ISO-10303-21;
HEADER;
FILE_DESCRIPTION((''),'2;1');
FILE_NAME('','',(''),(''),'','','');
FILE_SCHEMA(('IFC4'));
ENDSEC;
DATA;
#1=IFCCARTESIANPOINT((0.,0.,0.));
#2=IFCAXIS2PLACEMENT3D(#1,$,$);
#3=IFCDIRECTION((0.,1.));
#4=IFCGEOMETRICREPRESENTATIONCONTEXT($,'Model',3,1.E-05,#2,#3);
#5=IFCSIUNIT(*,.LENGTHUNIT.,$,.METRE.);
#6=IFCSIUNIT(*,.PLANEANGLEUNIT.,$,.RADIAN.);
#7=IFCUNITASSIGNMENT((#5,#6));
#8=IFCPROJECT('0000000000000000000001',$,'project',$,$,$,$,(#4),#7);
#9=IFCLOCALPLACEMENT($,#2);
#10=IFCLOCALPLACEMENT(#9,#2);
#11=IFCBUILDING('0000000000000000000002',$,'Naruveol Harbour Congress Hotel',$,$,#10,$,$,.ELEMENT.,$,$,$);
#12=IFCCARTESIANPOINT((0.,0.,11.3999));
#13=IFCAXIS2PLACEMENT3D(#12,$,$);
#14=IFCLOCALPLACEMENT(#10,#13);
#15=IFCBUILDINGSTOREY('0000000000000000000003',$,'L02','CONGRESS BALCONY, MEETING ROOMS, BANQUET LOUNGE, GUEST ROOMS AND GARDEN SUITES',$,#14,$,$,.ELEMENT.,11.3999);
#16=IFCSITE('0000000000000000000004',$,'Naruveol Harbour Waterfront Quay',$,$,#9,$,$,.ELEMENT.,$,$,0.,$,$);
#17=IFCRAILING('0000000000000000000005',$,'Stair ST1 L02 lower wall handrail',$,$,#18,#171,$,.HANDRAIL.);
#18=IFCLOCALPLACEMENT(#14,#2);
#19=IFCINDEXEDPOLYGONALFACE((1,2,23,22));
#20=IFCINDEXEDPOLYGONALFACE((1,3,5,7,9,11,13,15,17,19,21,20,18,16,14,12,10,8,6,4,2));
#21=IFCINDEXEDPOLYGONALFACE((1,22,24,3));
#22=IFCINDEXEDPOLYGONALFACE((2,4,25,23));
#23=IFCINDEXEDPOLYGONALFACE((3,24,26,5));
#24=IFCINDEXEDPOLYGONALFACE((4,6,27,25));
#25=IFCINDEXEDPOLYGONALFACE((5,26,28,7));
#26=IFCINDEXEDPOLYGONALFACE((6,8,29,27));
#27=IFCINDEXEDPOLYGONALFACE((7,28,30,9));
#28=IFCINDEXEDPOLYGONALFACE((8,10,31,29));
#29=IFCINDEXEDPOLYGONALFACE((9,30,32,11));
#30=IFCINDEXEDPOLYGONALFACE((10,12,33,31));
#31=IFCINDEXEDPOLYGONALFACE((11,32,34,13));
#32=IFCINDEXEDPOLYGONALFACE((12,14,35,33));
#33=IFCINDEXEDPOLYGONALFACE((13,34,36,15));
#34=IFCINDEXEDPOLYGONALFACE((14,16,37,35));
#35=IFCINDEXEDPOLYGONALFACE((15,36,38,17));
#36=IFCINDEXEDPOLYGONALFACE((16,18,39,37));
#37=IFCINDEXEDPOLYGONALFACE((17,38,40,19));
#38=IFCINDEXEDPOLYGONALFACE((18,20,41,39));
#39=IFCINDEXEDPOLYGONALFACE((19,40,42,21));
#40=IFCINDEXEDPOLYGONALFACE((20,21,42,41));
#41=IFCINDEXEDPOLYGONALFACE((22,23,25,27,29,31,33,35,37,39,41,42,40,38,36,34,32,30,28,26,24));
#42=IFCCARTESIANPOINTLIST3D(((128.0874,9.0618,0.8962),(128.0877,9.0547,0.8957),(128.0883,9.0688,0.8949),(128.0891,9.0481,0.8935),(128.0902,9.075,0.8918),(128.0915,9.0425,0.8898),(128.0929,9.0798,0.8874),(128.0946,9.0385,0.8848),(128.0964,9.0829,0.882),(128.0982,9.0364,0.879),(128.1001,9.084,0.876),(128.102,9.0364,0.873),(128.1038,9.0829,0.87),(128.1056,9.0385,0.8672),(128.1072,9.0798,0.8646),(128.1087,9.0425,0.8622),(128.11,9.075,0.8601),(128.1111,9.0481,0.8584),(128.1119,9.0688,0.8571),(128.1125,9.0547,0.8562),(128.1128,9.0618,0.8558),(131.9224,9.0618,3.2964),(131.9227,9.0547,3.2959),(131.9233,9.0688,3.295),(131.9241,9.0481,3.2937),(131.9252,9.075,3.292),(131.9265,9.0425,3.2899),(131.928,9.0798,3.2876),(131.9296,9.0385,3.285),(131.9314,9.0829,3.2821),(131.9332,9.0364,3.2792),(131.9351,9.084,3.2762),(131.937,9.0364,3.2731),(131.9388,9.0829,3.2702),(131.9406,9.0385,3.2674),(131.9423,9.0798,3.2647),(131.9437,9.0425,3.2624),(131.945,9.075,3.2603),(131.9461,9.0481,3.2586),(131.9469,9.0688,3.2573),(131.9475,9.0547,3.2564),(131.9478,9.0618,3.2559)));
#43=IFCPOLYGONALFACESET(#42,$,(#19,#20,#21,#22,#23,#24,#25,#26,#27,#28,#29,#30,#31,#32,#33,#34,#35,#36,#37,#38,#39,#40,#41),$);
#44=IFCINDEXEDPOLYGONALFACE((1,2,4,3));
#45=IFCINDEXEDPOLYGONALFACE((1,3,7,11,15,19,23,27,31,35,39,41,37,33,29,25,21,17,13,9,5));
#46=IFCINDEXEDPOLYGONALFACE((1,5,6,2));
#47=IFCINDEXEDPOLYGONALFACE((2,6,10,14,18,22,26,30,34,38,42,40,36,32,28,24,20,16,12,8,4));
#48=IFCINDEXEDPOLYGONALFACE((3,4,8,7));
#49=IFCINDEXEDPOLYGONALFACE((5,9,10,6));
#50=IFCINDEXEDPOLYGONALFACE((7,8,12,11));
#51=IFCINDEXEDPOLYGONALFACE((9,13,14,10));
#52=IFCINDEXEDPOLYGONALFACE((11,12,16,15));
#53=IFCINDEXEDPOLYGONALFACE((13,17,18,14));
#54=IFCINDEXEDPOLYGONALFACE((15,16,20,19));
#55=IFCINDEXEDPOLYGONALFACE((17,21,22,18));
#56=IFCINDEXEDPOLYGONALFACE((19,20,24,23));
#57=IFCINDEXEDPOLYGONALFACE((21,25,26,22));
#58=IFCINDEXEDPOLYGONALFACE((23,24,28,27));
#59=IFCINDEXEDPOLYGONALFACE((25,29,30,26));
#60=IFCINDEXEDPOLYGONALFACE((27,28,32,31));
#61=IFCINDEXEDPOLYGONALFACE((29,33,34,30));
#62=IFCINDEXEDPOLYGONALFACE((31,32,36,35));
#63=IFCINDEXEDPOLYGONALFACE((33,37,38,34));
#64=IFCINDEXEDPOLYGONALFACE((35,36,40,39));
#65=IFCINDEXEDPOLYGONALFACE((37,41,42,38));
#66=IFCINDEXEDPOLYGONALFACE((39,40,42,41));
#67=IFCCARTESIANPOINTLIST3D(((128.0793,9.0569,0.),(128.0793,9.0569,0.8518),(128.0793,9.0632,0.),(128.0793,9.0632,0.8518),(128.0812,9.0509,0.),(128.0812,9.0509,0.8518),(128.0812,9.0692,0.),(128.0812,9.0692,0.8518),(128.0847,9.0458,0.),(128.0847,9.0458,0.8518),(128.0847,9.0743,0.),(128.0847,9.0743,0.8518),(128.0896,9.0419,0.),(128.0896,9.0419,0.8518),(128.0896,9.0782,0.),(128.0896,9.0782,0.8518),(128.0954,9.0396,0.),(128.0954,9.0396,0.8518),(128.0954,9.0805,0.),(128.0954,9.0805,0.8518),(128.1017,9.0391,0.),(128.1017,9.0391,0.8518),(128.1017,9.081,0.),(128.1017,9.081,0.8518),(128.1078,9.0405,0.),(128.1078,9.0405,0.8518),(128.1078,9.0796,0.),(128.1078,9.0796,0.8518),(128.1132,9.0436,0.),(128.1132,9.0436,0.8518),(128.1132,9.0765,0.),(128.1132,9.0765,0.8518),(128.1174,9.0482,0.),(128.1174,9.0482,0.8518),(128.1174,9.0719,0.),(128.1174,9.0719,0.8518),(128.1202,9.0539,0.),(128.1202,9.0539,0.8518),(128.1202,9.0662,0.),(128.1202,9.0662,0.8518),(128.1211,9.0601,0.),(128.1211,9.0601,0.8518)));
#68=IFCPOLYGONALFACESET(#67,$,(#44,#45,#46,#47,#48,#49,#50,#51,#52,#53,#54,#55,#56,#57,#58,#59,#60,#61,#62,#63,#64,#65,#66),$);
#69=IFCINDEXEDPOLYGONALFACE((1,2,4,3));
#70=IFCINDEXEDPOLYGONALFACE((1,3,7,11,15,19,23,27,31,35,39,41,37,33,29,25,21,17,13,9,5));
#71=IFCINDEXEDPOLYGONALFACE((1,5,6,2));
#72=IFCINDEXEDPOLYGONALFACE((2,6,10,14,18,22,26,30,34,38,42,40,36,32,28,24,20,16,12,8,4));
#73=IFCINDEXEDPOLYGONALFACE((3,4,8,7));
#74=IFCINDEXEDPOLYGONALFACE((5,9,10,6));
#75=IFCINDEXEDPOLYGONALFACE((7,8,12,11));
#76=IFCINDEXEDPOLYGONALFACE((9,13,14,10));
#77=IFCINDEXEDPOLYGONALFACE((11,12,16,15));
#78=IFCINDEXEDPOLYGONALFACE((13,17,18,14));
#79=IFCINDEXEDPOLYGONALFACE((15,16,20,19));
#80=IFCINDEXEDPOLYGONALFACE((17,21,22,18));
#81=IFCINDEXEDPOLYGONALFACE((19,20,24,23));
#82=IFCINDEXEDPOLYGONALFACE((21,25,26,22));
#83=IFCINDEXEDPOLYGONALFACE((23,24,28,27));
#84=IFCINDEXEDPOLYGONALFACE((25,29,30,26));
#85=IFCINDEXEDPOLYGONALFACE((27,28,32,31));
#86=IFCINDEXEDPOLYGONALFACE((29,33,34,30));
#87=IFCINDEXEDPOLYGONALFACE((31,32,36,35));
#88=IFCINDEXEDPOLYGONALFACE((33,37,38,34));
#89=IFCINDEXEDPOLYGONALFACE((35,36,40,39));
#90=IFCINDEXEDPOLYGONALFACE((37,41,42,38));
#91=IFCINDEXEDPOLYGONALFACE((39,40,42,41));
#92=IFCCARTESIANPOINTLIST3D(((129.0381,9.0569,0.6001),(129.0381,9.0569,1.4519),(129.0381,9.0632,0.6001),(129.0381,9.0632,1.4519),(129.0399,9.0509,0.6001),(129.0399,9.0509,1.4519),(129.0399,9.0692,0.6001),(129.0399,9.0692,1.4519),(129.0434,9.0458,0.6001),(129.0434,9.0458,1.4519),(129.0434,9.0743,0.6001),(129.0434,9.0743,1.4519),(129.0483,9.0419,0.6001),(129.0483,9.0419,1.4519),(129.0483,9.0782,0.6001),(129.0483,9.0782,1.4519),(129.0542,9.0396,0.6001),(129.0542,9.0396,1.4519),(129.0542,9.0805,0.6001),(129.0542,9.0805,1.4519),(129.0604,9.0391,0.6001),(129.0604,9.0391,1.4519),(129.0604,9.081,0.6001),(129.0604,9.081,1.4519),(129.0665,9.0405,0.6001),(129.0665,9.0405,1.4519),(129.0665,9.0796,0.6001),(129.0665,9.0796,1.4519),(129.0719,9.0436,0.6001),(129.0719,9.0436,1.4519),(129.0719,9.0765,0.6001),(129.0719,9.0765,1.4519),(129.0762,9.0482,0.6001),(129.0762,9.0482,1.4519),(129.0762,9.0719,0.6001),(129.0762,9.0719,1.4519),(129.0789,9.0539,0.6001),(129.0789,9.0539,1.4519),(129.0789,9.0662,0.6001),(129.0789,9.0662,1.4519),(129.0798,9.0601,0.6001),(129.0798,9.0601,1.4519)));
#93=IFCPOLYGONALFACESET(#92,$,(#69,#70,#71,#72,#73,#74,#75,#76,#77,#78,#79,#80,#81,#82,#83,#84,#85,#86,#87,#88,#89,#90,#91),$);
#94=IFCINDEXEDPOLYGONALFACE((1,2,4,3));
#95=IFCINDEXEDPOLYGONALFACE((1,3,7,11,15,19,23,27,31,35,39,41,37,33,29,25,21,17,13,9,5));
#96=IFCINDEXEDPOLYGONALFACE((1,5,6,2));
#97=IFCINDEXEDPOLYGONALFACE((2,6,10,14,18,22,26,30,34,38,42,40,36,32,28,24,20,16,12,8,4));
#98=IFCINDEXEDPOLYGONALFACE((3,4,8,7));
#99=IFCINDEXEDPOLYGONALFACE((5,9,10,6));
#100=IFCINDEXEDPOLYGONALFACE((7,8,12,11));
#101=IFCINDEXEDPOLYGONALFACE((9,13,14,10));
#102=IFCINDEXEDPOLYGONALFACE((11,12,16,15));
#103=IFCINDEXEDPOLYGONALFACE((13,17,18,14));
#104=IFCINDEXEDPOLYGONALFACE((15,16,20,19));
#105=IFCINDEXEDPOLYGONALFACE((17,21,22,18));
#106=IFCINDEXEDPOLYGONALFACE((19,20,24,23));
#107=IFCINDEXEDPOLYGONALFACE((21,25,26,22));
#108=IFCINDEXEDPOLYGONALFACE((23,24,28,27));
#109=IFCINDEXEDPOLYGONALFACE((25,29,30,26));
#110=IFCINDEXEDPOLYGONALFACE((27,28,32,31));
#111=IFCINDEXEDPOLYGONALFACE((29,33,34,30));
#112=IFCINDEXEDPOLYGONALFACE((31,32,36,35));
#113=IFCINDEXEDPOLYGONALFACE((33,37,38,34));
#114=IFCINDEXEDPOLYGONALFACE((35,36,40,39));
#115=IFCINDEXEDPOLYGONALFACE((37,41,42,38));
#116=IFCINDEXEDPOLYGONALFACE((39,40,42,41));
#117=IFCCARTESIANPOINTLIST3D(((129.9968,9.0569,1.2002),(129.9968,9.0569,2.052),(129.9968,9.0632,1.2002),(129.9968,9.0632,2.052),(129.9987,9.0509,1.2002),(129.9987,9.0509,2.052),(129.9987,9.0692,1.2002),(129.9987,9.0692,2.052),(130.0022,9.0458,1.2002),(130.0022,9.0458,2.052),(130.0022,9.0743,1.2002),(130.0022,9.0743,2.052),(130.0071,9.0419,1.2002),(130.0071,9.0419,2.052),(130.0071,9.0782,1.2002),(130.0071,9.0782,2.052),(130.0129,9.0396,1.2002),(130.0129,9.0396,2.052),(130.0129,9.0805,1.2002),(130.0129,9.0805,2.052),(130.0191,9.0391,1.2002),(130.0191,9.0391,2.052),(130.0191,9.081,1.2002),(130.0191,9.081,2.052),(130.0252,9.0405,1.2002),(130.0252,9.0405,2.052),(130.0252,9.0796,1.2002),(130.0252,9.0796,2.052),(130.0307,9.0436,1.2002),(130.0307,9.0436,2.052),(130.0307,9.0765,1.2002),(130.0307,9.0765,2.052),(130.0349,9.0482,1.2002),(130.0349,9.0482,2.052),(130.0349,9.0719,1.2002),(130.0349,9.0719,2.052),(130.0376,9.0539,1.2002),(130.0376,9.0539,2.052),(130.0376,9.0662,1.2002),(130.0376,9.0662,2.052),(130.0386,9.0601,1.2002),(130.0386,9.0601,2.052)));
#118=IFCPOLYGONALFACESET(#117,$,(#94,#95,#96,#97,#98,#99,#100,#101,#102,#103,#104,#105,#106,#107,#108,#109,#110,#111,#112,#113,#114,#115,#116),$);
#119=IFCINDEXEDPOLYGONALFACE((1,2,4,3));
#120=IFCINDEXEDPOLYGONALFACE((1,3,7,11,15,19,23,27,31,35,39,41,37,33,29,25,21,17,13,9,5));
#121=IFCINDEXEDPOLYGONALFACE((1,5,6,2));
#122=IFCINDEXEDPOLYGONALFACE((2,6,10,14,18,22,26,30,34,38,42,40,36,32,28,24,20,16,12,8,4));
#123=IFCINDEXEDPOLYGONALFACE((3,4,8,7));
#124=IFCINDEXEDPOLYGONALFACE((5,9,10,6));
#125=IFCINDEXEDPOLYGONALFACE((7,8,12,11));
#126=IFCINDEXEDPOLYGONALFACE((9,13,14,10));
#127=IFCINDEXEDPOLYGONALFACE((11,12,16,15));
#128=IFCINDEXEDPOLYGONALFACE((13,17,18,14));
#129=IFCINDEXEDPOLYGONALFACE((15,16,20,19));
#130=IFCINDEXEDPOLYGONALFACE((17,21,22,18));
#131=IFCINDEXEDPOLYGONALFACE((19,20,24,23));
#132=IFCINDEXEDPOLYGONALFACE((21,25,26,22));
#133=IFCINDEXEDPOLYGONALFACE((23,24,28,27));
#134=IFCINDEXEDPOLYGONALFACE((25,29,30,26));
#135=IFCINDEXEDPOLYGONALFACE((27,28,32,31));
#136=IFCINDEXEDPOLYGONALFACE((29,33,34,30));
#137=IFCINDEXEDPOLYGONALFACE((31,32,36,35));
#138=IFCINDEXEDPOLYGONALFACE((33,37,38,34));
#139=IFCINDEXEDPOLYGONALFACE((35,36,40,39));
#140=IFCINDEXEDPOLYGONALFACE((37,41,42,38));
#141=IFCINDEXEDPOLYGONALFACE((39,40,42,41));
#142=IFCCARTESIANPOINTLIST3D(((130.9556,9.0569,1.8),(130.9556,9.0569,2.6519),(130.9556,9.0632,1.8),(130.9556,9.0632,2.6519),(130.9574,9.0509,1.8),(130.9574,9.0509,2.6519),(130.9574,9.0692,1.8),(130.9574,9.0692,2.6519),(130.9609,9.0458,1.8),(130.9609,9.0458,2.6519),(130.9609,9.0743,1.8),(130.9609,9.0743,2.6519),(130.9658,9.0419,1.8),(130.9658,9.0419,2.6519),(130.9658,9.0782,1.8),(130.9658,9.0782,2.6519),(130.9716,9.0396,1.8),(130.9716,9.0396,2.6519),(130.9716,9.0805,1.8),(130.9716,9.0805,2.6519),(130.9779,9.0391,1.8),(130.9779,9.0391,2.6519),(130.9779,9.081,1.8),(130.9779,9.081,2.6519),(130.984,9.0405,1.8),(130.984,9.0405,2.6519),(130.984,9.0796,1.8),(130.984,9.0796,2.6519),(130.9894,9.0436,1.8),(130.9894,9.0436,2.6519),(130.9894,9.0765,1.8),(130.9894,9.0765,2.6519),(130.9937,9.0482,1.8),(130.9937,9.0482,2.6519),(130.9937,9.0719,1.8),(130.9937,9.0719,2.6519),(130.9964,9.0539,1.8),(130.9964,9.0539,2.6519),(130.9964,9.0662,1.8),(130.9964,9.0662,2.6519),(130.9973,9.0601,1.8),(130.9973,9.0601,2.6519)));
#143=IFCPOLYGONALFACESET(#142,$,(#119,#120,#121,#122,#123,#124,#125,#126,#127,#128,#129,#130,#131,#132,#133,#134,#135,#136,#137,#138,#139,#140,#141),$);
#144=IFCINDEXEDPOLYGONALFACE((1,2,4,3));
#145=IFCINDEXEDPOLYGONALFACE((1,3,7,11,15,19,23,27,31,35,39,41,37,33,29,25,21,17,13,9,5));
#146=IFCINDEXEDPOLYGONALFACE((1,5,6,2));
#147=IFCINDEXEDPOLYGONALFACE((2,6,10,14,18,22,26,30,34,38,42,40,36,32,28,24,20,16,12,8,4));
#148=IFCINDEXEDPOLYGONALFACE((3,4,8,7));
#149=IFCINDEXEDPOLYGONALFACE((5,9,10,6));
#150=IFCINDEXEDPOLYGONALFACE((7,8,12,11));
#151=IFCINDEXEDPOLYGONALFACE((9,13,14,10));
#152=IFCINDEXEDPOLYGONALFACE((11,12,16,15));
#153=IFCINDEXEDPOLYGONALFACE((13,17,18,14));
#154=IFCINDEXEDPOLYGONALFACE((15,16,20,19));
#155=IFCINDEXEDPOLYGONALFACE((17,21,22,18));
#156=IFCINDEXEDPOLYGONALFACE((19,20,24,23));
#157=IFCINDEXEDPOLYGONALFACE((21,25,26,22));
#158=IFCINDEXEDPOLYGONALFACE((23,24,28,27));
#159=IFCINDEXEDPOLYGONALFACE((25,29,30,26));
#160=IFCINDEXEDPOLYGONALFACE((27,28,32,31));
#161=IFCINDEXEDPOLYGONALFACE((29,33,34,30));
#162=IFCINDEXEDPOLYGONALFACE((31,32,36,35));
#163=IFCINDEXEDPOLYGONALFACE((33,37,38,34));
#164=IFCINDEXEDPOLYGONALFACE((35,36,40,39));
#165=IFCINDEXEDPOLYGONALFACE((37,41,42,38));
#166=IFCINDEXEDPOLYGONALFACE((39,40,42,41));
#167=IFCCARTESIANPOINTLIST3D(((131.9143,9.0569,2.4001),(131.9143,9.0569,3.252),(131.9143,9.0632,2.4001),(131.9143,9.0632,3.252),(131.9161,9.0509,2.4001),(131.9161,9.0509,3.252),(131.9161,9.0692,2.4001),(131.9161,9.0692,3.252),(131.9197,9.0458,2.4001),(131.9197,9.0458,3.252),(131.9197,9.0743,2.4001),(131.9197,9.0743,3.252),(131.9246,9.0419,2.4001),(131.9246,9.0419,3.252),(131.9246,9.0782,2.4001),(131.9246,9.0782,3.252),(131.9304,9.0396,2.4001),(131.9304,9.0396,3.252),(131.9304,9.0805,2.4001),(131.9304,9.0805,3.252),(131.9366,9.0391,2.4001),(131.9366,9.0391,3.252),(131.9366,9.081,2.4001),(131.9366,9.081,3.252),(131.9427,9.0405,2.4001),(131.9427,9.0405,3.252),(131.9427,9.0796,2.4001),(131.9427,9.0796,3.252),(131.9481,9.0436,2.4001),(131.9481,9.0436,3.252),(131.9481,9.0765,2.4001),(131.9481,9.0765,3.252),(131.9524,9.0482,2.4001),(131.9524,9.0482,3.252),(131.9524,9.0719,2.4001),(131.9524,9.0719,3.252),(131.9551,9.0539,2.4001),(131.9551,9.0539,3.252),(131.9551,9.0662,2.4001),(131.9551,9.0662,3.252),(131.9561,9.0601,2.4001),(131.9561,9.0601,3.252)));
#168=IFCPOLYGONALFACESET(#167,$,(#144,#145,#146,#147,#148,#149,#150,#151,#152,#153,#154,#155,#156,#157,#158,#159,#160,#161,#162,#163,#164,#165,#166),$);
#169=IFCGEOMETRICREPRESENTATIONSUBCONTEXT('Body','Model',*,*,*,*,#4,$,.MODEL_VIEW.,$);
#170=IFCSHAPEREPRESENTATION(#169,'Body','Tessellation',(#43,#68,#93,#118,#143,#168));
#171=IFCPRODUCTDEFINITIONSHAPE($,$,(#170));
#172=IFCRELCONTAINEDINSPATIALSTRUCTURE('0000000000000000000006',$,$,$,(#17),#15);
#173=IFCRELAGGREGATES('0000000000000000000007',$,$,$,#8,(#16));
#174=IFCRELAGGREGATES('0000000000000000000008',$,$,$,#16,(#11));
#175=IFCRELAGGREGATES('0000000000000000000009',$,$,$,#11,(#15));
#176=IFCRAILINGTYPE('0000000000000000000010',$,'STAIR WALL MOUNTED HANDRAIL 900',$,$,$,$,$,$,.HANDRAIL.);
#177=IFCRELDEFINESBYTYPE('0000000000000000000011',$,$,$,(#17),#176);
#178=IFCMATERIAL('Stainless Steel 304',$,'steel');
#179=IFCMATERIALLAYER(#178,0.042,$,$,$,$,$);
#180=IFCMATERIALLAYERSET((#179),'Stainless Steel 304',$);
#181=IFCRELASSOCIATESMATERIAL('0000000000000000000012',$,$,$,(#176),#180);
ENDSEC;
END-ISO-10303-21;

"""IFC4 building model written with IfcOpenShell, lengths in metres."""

from ifc_helpers import new_model, si_unit, direction, frame, origin, origin_2d, place, context, subcontext, project, spatial, circle, extrude, material, layer, layer_set, type_object, element, save


model = new_model("IFC4")

# Units and contexts
model_context = context("Model", 3, precision=1e-05, world=origin(), true_north=direction((0.0, 1.0)))
body_context = subcontext(model_context, "Body", "Model", "MODEL_VIEW")
ifc_project = project(units=[si_unit("LENGTHUNIT", "METRE"), si_unit("PLANEANGLEUNIT", "RADIAN")], contexts=[model_context])

# Site, building, storey
site_placement = place(None, origin())
site = spatial("IfcSite", under=ifc_project, at=site_placement, Name="Naruveol Harbour Waterfront Quay", CompositionType="ELEMENT", RefElevation=0.0)
building_placement = place(site_placement, origin())
building = spatial("IfcBuilding", under=site, at=building_placement, Name="Naruveol Harbour Congress Hotel", CompositionType="ELEMENT")
storey_placement = place(building_placement, frame((0.0, 0.0, 11.3999)))
storey = spatial("IfcBuildingStorey", under=building, at=storey_placement, Name="L02", Description="CONGRESS BALCONY, MEETING ROOMS, BANQUET LOUNGE, GUEST ROOMS AND GARDEN SUITES", CompositionType="ELEMENT", Elevation=11.3999)

# Railing
ifc_material_1 = material(Name="Stainless Steel 304", Category="steel")
ifc_layer_1 = layer(ifc_material_1, 0.042)
ifc_layer_set_1 = layer_set([ifc_layer_1], Name="Stainless Steel 304")
railing_type_1 = type_object("IfcRailingType", Name="STAIR WALL MOUNTED HANDRAIL 900", PredefinedType="HANDRAIL", material=ifc_layer_set_1)
railing_1_placement = place(storey_placement, frame((128.1001, 9.0601, 0.0)))
element("IfcRailing", 1, at=railing_1_placement, inside=storey, type_object=railing_type_1, Name="Stair ST1 L02 lower wall handrail", PredefinedType="HANDRAIL", context=body_context, shape_type="SweptSolid", body=[
    extrude(circle(Radius=0.0239, at=origin_2d()), frame((0.0, 0.0, 0.876), z_axis=(0.847671, 0.0, 0.530523), x_axis=(0.0, 1.0, 0.0)), (0.0, 0.0, 1.0), 4.5242),
    extrude(circle(Radius=0.021, at=origin_2d()), origin(), (0.0, 0.0, 1.0), 0.8518),
    extrude(circle(Radius=0.021, at=origin_2d()), frame((0.9587, 0.0, 0.6001)), (0.0, 0.0, 1.0), 0.8518),
    extrude(circle(Radius=0.021, at=origin_2d()), frame((1.9175, 0.0, 1.2002)), (0.0, 0.0, 1.0), 0.8518),
    extrude(circle(Radius=0.021, at=origin_2d()), frame((2.8762, 0.0, 1.8)), (0.0, 0.0, 1.0), 0.8518),
    extrude(circle(Radius=0.021, at=origin_2d()), frame((3.835, 0.0, 2.4001)), (0.0, 0.0, 1.0), 0.8518),
])

save(model, "model.ifc")
